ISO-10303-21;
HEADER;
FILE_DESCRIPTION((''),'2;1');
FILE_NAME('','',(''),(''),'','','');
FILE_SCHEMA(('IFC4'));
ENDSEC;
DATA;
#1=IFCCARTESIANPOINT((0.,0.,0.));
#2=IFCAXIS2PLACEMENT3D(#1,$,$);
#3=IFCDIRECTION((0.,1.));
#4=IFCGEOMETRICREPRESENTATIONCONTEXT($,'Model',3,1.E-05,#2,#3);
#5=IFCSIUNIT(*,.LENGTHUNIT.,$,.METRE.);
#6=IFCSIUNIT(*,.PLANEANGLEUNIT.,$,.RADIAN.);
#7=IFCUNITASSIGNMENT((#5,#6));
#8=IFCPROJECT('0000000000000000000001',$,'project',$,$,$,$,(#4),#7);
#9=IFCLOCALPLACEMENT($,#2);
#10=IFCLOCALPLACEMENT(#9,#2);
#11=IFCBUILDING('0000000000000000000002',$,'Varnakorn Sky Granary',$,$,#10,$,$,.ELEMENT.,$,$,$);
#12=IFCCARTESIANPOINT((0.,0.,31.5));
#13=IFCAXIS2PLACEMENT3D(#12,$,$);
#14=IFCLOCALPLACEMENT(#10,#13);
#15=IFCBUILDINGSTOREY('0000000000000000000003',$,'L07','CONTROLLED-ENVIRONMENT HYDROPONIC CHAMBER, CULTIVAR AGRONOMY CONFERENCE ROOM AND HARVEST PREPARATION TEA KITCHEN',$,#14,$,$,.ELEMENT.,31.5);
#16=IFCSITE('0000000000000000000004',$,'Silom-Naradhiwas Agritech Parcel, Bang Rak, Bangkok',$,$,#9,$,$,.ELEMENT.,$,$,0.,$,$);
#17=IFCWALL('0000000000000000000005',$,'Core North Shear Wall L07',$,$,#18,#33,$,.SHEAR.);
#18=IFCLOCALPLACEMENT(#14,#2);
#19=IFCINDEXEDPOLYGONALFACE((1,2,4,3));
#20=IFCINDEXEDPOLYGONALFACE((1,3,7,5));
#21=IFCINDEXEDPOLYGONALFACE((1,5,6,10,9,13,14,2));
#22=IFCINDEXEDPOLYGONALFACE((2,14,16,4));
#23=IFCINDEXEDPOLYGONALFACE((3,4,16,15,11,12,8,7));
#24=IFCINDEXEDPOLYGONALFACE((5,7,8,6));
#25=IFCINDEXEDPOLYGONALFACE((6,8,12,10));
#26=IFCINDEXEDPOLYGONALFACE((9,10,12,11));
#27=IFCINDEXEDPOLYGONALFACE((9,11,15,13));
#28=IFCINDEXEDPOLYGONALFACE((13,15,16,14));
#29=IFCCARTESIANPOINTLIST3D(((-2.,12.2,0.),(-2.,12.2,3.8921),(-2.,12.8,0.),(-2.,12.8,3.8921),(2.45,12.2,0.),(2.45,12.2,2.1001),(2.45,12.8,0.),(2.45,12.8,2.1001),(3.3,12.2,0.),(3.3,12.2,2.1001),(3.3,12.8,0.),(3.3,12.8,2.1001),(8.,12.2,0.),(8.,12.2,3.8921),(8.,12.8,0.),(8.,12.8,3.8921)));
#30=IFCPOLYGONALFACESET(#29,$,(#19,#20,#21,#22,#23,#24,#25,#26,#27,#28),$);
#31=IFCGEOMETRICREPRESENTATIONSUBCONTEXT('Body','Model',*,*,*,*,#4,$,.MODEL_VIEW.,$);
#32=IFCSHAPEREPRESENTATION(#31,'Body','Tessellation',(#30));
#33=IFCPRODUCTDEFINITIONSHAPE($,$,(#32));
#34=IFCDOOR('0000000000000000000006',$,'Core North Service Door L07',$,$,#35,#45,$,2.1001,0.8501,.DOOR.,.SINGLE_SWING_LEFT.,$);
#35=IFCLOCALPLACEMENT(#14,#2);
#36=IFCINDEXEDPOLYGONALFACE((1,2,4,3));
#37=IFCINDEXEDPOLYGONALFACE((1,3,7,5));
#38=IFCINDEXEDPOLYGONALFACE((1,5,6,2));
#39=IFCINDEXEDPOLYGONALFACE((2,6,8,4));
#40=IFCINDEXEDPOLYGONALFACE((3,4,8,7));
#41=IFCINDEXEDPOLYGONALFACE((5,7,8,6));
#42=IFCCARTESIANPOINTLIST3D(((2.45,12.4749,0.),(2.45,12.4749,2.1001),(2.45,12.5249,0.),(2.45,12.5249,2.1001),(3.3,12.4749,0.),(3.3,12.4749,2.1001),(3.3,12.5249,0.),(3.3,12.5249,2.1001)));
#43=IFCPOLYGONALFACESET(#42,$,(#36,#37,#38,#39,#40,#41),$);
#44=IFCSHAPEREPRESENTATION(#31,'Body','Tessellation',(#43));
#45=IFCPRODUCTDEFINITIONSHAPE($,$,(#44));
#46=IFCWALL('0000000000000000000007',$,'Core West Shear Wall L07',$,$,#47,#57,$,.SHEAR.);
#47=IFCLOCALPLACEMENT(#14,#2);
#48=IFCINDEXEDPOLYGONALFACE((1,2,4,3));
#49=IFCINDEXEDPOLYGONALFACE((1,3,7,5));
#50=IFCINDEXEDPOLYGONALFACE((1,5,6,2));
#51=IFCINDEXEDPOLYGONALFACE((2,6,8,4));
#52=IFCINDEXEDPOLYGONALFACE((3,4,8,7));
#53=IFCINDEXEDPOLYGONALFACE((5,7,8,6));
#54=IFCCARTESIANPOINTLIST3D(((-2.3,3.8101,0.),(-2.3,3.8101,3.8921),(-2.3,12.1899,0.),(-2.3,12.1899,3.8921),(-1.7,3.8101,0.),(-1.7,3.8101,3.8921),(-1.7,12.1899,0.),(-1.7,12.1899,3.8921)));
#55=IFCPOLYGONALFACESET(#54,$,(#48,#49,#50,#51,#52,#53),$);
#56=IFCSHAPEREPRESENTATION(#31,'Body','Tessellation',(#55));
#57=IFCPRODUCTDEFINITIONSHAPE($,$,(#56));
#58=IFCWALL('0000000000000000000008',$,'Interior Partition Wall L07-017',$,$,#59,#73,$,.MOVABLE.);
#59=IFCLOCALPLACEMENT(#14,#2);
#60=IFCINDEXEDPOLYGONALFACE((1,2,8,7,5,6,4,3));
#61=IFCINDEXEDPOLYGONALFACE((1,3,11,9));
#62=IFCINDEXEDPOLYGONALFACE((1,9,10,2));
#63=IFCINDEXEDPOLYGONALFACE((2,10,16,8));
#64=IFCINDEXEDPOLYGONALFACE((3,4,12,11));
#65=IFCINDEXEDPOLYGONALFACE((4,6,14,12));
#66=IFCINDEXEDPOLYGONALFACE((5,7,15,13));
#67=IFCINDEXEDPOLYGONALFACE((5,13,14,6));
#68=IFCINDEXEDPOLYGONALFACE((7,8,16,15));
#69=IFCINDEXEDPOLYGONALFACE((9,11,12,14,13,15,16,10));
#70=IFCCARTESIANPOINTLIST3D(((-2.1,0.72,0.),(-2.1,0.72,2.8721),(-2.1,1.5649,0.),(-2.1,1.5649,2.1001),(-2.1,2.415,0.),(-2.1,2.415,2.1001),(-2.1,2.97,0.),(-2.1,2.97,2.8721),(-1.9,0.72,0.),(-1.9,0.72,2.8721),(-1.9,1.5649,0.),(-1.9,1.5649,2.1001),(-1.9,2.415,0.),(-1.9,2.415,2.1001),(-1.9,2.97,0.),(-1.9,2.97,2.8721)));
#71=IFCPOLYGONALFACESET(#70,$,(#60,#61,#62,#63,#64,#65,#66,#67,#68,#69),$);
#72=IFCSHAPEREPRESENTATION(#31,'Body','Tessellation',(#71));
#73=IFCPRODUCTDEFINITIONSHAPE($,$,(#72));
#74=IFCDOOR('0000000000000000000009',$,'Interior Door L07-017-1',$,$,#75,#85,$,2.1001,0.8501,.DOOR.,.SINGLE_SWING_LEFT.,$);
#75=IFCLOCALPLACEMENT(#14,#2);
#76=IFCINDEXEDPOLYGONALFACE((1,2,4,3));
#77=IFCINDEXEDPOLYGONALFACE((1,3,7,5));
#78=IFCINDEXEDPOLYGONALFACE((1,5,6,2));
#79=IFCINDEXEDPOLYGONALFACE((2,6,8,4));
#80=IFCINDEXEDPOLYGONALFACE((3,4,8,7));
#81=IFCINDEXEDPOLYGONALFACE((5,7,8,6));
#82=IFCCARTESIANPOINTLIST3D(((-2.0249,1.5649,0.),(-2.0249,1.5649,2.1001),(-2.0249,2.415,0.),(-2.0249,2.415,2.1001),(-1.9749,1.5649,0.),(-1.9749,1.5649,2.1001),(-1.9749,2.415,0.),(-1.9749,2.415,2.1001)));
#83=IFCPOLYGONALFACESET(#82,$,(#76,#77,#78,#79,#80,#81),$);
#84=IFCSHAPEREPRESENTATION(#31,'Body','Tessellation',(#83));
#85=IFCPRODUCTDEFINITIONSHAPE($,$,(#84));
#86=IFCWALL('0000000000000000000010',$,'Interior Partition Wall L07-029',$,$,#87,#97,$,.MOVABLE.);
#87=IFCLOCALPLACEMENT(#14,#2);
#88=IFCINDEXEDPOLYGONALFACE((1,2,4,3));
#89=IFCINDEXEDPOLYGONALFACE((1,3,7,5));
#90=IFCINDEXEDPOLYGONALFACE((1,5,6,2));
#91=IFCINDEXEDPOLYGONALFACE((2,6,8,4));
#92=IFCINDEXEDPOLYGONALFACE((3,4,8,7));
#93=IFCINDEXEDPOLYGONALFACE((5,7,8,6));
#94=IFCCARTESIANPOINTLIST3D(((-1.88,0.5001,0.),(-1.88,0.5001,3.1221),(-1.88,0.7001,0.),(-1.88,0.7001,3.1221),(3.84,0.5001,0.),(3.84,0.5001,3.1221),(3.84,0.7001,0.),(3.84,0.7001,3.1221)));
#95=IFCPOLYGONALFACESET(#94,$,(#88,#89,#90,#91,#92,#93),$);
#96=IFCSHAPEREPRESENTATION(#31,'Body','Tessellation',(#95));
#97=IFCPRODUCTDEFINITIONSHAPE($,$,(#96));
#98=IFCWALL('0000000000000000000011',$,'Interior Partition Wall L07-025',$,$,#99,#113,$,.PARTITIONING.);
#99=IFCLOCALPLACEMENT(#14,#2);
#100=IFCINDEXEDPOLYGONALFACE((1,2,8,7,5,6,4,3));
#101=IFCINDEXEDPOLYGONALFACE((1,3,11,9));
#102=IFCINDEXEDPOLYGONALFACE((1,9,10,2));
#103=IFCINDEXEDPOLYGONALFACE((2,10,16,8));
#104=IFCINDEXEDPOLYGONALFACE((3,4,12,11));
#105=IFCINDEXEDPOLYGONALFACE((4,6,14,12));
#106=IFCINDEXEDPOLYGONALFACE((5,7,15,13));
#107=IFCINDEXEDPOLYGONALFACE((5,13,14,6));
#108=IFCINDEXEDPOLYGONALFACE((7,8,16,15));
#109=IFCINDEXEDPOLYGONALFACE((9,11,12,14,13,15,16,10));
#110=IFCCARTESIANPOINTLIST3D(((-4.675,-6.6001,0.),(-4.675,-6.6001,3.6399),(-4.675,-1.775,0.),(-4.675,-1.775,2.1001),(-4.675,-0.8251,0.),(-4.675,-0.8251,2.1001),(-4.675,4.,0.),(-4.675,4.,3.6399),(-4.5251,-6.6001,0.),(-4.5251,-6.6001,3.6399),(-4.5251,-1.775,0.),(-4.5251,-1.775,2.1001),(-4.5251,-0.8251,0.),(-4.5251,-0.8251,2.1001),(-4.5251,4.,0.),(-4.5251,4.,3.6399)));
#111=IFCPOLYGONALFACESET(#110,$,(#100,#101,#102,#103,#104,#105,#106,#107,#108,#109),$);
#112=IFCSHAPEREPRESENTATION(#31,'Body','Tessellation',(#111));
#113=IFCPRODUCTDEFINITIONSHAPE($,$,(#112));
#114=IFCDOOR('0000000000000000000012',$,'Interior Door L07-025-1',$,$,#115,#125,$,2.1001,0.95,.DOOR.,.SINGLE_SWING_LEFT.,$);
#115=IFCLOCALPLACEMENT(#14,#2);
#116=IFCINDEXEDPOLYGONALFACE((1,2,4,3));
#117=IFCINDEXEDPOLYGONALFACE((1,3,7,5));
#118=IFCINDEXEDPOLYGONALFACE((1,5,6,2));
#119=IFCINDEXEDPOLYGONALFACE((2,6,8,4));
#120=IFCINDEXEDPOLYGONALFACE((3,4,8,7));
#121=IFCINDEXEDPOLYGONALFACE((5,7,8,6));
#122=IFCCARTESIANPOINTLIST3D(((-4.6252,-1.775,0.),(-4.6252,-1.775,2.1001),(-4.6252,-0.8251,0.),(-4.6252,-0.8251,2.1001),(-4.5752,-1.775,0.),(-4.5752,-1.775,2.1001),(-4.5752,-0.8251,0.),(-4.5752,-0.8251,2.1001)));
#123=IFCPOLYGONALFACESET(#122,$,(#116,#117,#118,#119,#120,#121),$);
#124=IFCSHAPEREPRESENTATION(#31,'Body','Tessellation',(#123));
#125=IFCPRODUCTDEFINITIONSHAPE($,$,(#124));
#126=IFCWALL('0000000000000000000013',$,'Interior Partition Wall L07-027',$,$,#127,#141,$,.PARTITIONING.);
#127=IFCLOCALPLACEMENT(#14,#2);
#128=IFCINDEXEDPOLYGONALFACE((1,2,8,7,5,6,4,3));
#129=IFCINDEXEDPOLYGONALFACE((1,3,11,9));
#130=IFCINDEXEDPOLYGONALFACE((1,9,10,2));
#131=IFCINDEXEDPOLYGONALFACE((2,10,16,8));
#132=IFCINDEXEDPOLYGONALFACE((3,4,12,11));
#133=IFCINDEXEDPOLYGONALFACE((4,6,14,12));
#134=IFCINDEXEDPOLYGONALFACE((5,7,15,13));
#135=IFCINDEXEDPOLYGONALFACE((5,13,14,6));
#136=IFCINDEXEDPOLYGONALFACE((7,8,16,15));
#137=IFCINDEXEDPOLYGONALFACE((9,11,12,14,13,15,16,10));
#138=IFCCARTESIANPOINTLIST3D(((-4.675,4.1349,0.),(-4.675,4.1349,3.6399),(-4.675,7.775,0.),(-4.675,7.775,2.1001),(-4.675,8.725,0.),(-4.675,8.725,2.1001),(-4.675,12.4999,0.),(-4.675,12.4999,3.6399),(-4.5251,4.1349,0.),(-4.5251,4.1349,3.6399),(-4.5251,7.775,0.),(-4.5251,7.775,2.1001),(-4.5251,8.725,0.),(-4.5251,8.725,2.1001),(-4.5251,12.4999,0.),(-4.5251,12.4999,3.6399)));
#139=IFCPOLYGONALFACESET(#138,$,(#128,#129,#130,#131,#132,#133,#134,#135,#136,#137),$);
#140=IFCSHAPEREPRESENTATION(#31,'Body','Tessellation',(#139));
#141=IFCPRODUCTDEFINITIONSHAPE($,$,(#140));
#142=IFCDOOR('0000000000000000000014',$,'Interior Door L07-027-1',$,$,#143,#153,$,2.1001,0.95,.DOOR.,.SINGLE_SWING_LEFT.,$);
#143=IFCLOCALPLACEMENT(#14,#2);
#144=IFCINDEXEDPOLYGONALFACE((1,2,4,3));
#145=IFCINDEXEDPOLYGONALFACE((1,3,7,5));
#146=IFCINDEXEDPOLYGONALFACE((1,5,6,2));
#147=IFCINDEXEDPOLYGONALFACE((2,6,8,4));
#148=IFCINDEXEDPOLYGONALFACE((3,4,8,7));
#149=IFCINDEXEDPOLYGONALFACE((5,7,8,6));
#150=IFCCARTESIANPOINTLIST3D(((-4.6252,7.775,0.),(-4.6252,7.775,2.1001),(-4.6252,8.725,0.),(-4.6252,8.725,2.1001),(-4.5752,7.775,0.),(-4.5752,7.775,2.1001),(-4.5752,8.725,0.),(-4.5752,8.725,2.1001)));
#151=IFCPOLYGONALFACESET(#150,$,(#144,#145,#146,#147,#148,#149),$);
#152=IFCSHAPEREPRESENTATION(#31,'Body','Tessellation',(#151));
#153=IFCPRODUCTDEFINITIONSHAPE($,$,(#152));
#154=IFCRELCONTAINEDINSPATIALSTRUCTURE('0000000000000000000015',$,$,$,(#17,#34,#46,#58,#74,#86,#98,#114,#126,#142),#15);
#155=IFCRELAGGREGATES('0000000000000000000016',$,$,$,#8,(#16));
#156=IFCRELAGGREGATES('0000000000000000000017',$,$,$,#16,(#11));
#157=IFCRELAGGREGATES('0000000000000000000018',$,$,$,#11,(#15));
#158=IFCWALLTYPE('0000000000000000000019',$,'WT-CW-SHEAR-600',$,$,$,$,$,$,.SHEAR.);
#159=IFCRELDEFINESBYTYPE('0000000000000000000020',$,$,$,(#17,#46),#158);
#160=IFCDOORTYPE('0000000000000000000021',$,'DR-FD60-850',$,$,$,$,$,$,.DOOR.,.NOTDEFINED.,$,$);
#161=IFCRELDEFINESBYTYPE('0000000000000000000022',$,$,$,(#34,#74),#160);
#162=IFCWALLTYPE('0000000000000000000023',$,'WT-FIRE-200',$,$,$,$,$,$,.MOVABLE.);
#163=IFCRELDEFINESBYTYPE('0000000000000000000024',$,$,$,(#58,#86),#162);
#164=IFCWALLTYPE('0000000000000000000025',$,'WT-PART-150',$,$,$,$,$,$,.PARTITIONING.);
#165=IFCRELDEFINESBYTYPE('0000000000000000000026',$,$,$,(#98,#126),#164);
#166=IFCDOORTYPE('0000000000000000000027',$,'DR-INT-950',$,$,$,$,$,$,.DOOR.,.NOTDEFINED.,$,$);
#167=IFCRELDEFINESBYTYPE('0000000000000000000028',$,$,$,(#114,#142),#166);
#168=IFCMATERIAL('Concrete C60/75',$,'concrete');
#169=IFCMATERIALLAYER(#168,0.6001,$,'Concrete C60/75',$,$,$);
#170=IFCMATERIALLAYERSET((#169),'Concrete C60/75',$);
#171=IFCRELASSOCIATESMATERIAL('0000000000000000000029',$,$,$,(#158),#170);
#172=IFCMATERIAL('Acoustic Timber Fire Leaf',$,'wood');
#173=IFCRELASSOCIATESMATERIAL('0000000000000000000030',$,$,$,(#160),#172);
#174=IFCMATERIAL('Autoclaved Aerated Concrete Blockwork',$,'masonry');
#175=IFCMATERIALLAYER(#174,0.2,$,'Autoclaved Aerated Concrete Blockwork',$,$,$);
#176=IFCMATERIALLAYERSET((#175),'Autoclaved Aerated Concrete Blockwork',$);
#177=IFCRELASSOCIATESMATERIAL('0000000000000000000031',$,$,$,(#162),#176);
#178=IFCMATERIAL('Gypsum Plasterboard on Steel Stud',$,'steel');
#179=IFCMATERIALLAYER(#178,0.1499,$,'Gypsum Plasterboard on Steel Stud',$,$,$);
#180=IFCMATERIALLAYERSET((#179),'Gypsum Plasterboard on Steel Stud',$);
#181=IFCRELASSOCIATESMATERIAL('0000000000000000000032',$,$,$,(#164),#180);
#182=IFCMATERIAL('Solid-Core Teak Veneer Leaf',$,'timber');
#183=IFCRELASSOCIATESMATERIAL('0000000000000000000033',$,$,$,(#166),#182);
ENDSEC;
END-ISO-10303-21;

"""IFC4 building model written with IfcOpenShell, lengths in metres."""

from ifc_helpers import new_model, si_unit, direction, frame, frame_2d, origin, place, context, subcontext, project, spatial, rectangle, extrude, material, layer, layer_set, type_object, element, fill, save


model = new_model("IFC4")

# Units and contexts
model_context = context("Model", 3, precision=1e-05, world=origin(), true_north=direction((0.0, 1.0)))
body_context = subcontext(model_context, "Body", "Model", "MODEL_VIEW")
ifc_project = project(units=[si_unit("LENGTHUNIT", "METRE"), si_unit("PLANEANGLEUNIT", "RADIAN")], contexts=[model_context])

# Site, building, storey
site_placement = place(None, origin())
site = spatial("IfcSite", under=ifc_project, at=site_placement, Name="Silom-Naradhiwas Agritech Parcel, Bang Rak, Bangkok", CompositionType="ELEMENT", RefElevation=0.0)
building_placement = place(site_placement, origin())
building = spatial("IfcBuilding", under=site, at=building_placement, Name="Varnakorn Sky Granary", CompositionType="ELEMENT")
storey_placement = place(building_placement, frame((0.0, 0.0, 31.5)))
storey = spatial("IfcBuildingStorey", under=building, at=storey_placement, Name="L07", Description="CONTROLLED-ENVIRONMENT HYDROPONIC CHAMBER, CULTIVAR AGRONOMY CONFERENCE ROOM AND HARVEST PREPARATION TEA KITCHEN", CompositionType="ELEMENT", Elevation=31.5)

# Shared definitions
ifc_material_1 = material(Name="Concrete C60/75", Category="concrete")

# Shared definitions
ifc_layer_1 = layer(ifc_material_1, 0.6001, Name="Concrete C60/75")
ifc_layer_set_1 = layer_set([ifc_layer_1], Name="Concrete C60/75")
wall_type_1 = type_object("IfcWallType", Name="WT-CW-SHEAR-600", PredefinedType="SHEAR", material=ifc_layer_set_1)

# Wall, opening, door
wall_1_placement = place(storey_placement, frame((-2.0, 12.5, 0.0), z_axis=(0.0, 0.0, 1.0), x_axis=(1.0, 0.0, 0.0)))
wall_1 = element("IfcWall", 1, at=wall_1_placement, inside=storey, type_object=wall_type_1, Name="Core North Shear Wall L07", PredefinedType="SHEAR", context=body_context, shape_type="SweptSolid", body=[
    extrude(rectangle(XDim=10.0, YDim=0.6001, at=frame_2d((5.0, 0.0))), origin(), (0.0, 0.0, 1.0), 3.8921),
])
opening_1_placement = place(wall_1_placement, frame((4.45, 0.0, 0.0)))
opening_1 = element("IfcOpeningElement", 2, at=opening_1_placement, cuts=wall_1, PredefinedType="OPENING", context=body_context, shape_type="SweptSolid", body=[
    extrude(rectangle(XDim=0.8501, YDim=2.1001, at=frame_2d((0.425, 1.05))), frame((0.0, 0.3101, 0.0), z_axis=(0.0, -1.0, 0.0), x_axis=(1.0, 0.0, 0.0)), (0.0, 0.0, 1.0), 0.6201),
])
ifc_material_2 = material(Name="Acoustic Timber Fire Leaf", Category="wood")
door_type_1 = type_object("IfcDoorType", Name="DR-FD60-850", OperationType="NOTDEFINED", PredefinedType="DOOR", material=ifc_material_2)
door_1_placement = place(opening_1_placement, origin())
door_1 = element("IfcDoor", 3, at=door_1_placement, inside=storey, type_object=door_type_1, Name="Core North Service Door L07", OperationType="SINGLE_SWING_LEFT", OverallHeight=2.1001, OverallWidth=0.8501, PredefinedType="DOOR", context=body_context, shape_type="SweptSolid", body=[
    extrude(rectangle(XDim=0.8501, YDim=2.1001, at=frame_2d((0.425, 1.05))), frame((0.0, 0.0249, 0.0), z_axis=(0.0, -1.0, 0.0), x_axis=(1.0, 0.0, 0.0)), (0.0, 0.0, 1.0), 0.05),
])
fill(opening_1, door_1)

# Wall
wall_2_placement = place(storey_placement, frame((-2.0, 3.8101, 0.0), z_axis=(0.0, 0.0, 1.0), x_axis=(0.0, 1.0, 0.0)))
element("IfcWall", 4, at=wall_2_placement, inside=storey, type_object=wall_type_1, Name="Core West Shear Wall L07", PredefinedType="SHEAR", context=body_context, shape_type="SweptSolid", body=[
    extrude(rectangle(XDim=8.3799, YDim=0.6001, at=frame_2d((4.1899, 0.0))), origin(), (0.0, 0.0, 1.0), 3.8921),
])

# Wall, opening, door
ifc_material_3 = material(Name="Autoclaved Aerated Concrete Blockwork", Category="masonry")
ifc_layer_2 = layer(ifc_material_3, 0.2, Name="Autoclaved Aerated Concrete Blockwork")
ifc_layer_set_2 = layer_set([ifc_layer_2], Name="Autoclaved Aerated Concrete Blockwork")
wall_type_2 = type_object("IfcWallType", Name="WT-FIRE-200", PredefinedType="MOVABLE", material=ifc_layer_set_2)
wall_3_placement = place(storey_placement, frame((-2.0, 0.72, 0.0), z_axis=(0.0, 0.0, 1.0), x_axis=(0.0, 1.0, 0.0)))
wall_3 = element("IfcWall", 5, at=wall_3_placement, inside=storey, type_object=wall_type_2, Name="Interior Partition Wall L07-017", PredefinedType="MOVABLE", context=body_context, shape_type="SweptSolid", body=[
    extrude(rectangle(XDim=2.25, YDim=0.2, at=frame_2d((1.125, 0.0))), origin(), (0.0, 0.0, 1.0), 2.8721),
])
opening_2_placement = place(wall_3_placement, frame((0.845, 0.0, 0.0)))
opening_2 = element("IfcOpeningElement", 6, at=opening_2_placement, cuts=wall_3, PredefinedType="OPENING", context=body_context, shape_type="SweptSolid", body=[
    extrude(rectangle(XDim=0.8501, YDim=2.1001, at=frame_2d((0.425, 1.05))), frame((0.0, 0.1099, 0.0), z_axis=(0.0, -1.0, 0.0), x_axis=(1.0, 0.0, 0.0)), (0.0, 0.0, 1.0), 0.22),
])
door_2_placement = place(opening_2_placement, origin())
door_2 = element("IfcDoor", 7, at=door_2_placement, inside=storey, type_object=door_type_1, Name="Interior Door L07-017-1", OperationType="SINGLE_SWING_LEFT", OverallHeight=2.1001, OverallWidth=0.8501, PredefinedType="DOOR", context=body_context, shape_type="SweptSolid", body=[
    extrude(rectangle(XDim=0.8501, YDim=2.1001, at=frame_2d((0.425, 1.05))), frame((0.0, 0.0249, 0.0), z_axis=(0.0, -1.0, 0.0), x_axis=(1.0, 0.0, 0.0)), (0.0, 0.0, 1.0), 0.05),
])
fill(opening_2, door_2)

# Wall
wall_4_placement = place(storey_placement, frame((-1.8799, 0.6001, 0.0), z_axis=(0.0, 0.0, 1.0), x_axis=(1.0, 0.0, 0.0)))
element("IfcWall", 8, at=wall_4_placement, inside=storey, type_object=wall_type_2, Name="Interior Partition Wall L07-029", PredefinedType="MOVABLE", context=body_context, shape_type="SweptSolid", body=[
    extrude(rectangle(XDim=5.72, YDim=0.2, at=frame_2d((2.8599, 0.0))), origin(), (0.0, 0.0, 1.0), 3.1221),
])

# Walls, openings, doors
ifc_material_4 = material(Name="Gypsum Plasterboard on Steel Stud", Category="steel")
ifc_layer_3 = layer(ifc_material_4, 0.1499, Name="Gypsum Plasterboard on Steel Stud")
ifc_layer_set_3 = layer_set([ifc_layer_3], Name="Gypsum Plasterboard on Steel Stud")
wall_type_3 = type_object("IfcWallType", Name="WT-PART-150", PredefinedType="PARTITIONING", material=ifc_layer_set_3)
wall_5_placement = place(storey_placement, frame((-4.6001, 4.0, 0.0), z_axis=(0.0, 0.0, 1.0), x_axis=(0.0, -1.0, 0.0)))
wall_5 = element("IfcWall", 9, at=wall_5_placement, inside=storey, type_object=wall_type_3, Name="Interior Partition Wall L07-025", PredefinedType="PARTITIONING", context=body_context, shape_type="SweptSolid", body=[
    extrude(rectangle(XDim=10.6001, YDim=0.1499, at=frame_2d((5.3, 0.0))), origin(), (0.0, 0.0, 1.0), 3.6399),
])
opening_3_placement = place(wall_5_placement, frame((4.825, 0.0, 0.0)))
opening_3 = element("IfcOpeningElement", 10, at=opening_3_placement, cuts=wall_5, PredefinedType="OPENING", context=body_context, shape_type="SweptSolid", body=[
    extrude(rectangle(XDim=0.95, YDim=2.1001, at=frame_2d((0.4751, 1.05))), frame((0.0, 0.085, 0.0), z_axis=(0.0, -1.0, 0.0), x_axis=(1.0, 0.0, 0.0)), (0.0, 0.0, 1.0), 0.1699),
])
ifc_material_5 = material(Name="Solid-Core Teak Veneer Leaf", Category="timber")
door_type_2 = type_object("IfcDoorType", Name="DR-INT-950", OperationType="NOTDEFINED", PredefinedType="DOOR", material=ifc_material_5)
door_3_placement = place(opening_3_placement, origin())
door_3 = element("IfcDoor", 11, at=door_3_placement, inside=storey, type_object=door_type_2, Name="Interior Door L07-025-1", OperationType="SINGLE_SWING_LEFT", OverallHeight=2.1001, OverallWidth=0.95, PredefinedType="DOOR", context=body_context, shape_type="SweptSolid", body=[
    extrude(rectangle(XDim=0.95, YDim=2.1001, at=frame_2d((0.4751, 1.05))), frame((0.0, 0.0249, 0.0), z_axis=(0.0, -1.0, 0.0), x_axis=(1.0, 0.0, 0.0)), (0.0, 0.0, 1.0), 0.05),
])
fill(opening_3, door_3)
wall_6_placement = place(storey_placement, frame((-4.6001, 12.5, 0.0), z_axis=(0.0, 0.0, 1.0), x_axis=(0.0, -1.0, 0.0)))
wall_6 = element("IfcWall", 12, at=wall_6_placement, inside=storey, type_object=wall_type_3, Name="Interior Partition Wall L07-027", PredefinedType="PARTITIONING", context=body_context, shape_type="SweptSolid", body=[
    extrude(rectangle(XDim=8.365, YDim=0.1499, at=frame_2d((4.1826, 0.0))), origin(), (0.0, 0.0, 1.0), 3.6399),
])
opening_4_placement = place(wall_6_placement, frame((3.7749, 0.0, 0.0)))
opening_4 = element("IfcOpeningElement", 13, at=opening_4_placement, cuts=wall_6, PredefinedType="OPENING", context=body_context, shape_type="SweptSolid", body=[
    extrude(rectangle(XDim=0.95, YDim=2.1001, at=frame_2d((0.4751, 1.05))), frame((0.0, 0.085, 0.0), z_axis=(0.0, -1.0, 0.0), x_axis=(1.0, 0.0, 0.0)), (0.0, 0.0, 1.0), 0.1699),
])
door_4_placement = place(opening_4_placement, origin())
door_4 = element("IfcDoor", 14, at=door_4_placement, inside=storey, type_object=door_type_2, Name="Interior Door L07-027-1", OperationType="SINGLE_SWING_LEFT", OverallHeight=2.1001, OverallWidth=0.95, PredefinedType="DOOR", context=body_context, shape_type="SweptSolid", body=[
    extrude(rectangle(XDim=0.95, YDim=2.1001, at=frame_2d((0.4751, 1.05))), frame((0.0, 0.0249, 0.0), z_axis=(0.0, -1.0, 0.0), x_axis=(1.0, 0.0, 0.0)), (0.0, 0.0, 1.0), 0.05),
])
fill(opening_4, door_4)

save(model, "model.ifc")
